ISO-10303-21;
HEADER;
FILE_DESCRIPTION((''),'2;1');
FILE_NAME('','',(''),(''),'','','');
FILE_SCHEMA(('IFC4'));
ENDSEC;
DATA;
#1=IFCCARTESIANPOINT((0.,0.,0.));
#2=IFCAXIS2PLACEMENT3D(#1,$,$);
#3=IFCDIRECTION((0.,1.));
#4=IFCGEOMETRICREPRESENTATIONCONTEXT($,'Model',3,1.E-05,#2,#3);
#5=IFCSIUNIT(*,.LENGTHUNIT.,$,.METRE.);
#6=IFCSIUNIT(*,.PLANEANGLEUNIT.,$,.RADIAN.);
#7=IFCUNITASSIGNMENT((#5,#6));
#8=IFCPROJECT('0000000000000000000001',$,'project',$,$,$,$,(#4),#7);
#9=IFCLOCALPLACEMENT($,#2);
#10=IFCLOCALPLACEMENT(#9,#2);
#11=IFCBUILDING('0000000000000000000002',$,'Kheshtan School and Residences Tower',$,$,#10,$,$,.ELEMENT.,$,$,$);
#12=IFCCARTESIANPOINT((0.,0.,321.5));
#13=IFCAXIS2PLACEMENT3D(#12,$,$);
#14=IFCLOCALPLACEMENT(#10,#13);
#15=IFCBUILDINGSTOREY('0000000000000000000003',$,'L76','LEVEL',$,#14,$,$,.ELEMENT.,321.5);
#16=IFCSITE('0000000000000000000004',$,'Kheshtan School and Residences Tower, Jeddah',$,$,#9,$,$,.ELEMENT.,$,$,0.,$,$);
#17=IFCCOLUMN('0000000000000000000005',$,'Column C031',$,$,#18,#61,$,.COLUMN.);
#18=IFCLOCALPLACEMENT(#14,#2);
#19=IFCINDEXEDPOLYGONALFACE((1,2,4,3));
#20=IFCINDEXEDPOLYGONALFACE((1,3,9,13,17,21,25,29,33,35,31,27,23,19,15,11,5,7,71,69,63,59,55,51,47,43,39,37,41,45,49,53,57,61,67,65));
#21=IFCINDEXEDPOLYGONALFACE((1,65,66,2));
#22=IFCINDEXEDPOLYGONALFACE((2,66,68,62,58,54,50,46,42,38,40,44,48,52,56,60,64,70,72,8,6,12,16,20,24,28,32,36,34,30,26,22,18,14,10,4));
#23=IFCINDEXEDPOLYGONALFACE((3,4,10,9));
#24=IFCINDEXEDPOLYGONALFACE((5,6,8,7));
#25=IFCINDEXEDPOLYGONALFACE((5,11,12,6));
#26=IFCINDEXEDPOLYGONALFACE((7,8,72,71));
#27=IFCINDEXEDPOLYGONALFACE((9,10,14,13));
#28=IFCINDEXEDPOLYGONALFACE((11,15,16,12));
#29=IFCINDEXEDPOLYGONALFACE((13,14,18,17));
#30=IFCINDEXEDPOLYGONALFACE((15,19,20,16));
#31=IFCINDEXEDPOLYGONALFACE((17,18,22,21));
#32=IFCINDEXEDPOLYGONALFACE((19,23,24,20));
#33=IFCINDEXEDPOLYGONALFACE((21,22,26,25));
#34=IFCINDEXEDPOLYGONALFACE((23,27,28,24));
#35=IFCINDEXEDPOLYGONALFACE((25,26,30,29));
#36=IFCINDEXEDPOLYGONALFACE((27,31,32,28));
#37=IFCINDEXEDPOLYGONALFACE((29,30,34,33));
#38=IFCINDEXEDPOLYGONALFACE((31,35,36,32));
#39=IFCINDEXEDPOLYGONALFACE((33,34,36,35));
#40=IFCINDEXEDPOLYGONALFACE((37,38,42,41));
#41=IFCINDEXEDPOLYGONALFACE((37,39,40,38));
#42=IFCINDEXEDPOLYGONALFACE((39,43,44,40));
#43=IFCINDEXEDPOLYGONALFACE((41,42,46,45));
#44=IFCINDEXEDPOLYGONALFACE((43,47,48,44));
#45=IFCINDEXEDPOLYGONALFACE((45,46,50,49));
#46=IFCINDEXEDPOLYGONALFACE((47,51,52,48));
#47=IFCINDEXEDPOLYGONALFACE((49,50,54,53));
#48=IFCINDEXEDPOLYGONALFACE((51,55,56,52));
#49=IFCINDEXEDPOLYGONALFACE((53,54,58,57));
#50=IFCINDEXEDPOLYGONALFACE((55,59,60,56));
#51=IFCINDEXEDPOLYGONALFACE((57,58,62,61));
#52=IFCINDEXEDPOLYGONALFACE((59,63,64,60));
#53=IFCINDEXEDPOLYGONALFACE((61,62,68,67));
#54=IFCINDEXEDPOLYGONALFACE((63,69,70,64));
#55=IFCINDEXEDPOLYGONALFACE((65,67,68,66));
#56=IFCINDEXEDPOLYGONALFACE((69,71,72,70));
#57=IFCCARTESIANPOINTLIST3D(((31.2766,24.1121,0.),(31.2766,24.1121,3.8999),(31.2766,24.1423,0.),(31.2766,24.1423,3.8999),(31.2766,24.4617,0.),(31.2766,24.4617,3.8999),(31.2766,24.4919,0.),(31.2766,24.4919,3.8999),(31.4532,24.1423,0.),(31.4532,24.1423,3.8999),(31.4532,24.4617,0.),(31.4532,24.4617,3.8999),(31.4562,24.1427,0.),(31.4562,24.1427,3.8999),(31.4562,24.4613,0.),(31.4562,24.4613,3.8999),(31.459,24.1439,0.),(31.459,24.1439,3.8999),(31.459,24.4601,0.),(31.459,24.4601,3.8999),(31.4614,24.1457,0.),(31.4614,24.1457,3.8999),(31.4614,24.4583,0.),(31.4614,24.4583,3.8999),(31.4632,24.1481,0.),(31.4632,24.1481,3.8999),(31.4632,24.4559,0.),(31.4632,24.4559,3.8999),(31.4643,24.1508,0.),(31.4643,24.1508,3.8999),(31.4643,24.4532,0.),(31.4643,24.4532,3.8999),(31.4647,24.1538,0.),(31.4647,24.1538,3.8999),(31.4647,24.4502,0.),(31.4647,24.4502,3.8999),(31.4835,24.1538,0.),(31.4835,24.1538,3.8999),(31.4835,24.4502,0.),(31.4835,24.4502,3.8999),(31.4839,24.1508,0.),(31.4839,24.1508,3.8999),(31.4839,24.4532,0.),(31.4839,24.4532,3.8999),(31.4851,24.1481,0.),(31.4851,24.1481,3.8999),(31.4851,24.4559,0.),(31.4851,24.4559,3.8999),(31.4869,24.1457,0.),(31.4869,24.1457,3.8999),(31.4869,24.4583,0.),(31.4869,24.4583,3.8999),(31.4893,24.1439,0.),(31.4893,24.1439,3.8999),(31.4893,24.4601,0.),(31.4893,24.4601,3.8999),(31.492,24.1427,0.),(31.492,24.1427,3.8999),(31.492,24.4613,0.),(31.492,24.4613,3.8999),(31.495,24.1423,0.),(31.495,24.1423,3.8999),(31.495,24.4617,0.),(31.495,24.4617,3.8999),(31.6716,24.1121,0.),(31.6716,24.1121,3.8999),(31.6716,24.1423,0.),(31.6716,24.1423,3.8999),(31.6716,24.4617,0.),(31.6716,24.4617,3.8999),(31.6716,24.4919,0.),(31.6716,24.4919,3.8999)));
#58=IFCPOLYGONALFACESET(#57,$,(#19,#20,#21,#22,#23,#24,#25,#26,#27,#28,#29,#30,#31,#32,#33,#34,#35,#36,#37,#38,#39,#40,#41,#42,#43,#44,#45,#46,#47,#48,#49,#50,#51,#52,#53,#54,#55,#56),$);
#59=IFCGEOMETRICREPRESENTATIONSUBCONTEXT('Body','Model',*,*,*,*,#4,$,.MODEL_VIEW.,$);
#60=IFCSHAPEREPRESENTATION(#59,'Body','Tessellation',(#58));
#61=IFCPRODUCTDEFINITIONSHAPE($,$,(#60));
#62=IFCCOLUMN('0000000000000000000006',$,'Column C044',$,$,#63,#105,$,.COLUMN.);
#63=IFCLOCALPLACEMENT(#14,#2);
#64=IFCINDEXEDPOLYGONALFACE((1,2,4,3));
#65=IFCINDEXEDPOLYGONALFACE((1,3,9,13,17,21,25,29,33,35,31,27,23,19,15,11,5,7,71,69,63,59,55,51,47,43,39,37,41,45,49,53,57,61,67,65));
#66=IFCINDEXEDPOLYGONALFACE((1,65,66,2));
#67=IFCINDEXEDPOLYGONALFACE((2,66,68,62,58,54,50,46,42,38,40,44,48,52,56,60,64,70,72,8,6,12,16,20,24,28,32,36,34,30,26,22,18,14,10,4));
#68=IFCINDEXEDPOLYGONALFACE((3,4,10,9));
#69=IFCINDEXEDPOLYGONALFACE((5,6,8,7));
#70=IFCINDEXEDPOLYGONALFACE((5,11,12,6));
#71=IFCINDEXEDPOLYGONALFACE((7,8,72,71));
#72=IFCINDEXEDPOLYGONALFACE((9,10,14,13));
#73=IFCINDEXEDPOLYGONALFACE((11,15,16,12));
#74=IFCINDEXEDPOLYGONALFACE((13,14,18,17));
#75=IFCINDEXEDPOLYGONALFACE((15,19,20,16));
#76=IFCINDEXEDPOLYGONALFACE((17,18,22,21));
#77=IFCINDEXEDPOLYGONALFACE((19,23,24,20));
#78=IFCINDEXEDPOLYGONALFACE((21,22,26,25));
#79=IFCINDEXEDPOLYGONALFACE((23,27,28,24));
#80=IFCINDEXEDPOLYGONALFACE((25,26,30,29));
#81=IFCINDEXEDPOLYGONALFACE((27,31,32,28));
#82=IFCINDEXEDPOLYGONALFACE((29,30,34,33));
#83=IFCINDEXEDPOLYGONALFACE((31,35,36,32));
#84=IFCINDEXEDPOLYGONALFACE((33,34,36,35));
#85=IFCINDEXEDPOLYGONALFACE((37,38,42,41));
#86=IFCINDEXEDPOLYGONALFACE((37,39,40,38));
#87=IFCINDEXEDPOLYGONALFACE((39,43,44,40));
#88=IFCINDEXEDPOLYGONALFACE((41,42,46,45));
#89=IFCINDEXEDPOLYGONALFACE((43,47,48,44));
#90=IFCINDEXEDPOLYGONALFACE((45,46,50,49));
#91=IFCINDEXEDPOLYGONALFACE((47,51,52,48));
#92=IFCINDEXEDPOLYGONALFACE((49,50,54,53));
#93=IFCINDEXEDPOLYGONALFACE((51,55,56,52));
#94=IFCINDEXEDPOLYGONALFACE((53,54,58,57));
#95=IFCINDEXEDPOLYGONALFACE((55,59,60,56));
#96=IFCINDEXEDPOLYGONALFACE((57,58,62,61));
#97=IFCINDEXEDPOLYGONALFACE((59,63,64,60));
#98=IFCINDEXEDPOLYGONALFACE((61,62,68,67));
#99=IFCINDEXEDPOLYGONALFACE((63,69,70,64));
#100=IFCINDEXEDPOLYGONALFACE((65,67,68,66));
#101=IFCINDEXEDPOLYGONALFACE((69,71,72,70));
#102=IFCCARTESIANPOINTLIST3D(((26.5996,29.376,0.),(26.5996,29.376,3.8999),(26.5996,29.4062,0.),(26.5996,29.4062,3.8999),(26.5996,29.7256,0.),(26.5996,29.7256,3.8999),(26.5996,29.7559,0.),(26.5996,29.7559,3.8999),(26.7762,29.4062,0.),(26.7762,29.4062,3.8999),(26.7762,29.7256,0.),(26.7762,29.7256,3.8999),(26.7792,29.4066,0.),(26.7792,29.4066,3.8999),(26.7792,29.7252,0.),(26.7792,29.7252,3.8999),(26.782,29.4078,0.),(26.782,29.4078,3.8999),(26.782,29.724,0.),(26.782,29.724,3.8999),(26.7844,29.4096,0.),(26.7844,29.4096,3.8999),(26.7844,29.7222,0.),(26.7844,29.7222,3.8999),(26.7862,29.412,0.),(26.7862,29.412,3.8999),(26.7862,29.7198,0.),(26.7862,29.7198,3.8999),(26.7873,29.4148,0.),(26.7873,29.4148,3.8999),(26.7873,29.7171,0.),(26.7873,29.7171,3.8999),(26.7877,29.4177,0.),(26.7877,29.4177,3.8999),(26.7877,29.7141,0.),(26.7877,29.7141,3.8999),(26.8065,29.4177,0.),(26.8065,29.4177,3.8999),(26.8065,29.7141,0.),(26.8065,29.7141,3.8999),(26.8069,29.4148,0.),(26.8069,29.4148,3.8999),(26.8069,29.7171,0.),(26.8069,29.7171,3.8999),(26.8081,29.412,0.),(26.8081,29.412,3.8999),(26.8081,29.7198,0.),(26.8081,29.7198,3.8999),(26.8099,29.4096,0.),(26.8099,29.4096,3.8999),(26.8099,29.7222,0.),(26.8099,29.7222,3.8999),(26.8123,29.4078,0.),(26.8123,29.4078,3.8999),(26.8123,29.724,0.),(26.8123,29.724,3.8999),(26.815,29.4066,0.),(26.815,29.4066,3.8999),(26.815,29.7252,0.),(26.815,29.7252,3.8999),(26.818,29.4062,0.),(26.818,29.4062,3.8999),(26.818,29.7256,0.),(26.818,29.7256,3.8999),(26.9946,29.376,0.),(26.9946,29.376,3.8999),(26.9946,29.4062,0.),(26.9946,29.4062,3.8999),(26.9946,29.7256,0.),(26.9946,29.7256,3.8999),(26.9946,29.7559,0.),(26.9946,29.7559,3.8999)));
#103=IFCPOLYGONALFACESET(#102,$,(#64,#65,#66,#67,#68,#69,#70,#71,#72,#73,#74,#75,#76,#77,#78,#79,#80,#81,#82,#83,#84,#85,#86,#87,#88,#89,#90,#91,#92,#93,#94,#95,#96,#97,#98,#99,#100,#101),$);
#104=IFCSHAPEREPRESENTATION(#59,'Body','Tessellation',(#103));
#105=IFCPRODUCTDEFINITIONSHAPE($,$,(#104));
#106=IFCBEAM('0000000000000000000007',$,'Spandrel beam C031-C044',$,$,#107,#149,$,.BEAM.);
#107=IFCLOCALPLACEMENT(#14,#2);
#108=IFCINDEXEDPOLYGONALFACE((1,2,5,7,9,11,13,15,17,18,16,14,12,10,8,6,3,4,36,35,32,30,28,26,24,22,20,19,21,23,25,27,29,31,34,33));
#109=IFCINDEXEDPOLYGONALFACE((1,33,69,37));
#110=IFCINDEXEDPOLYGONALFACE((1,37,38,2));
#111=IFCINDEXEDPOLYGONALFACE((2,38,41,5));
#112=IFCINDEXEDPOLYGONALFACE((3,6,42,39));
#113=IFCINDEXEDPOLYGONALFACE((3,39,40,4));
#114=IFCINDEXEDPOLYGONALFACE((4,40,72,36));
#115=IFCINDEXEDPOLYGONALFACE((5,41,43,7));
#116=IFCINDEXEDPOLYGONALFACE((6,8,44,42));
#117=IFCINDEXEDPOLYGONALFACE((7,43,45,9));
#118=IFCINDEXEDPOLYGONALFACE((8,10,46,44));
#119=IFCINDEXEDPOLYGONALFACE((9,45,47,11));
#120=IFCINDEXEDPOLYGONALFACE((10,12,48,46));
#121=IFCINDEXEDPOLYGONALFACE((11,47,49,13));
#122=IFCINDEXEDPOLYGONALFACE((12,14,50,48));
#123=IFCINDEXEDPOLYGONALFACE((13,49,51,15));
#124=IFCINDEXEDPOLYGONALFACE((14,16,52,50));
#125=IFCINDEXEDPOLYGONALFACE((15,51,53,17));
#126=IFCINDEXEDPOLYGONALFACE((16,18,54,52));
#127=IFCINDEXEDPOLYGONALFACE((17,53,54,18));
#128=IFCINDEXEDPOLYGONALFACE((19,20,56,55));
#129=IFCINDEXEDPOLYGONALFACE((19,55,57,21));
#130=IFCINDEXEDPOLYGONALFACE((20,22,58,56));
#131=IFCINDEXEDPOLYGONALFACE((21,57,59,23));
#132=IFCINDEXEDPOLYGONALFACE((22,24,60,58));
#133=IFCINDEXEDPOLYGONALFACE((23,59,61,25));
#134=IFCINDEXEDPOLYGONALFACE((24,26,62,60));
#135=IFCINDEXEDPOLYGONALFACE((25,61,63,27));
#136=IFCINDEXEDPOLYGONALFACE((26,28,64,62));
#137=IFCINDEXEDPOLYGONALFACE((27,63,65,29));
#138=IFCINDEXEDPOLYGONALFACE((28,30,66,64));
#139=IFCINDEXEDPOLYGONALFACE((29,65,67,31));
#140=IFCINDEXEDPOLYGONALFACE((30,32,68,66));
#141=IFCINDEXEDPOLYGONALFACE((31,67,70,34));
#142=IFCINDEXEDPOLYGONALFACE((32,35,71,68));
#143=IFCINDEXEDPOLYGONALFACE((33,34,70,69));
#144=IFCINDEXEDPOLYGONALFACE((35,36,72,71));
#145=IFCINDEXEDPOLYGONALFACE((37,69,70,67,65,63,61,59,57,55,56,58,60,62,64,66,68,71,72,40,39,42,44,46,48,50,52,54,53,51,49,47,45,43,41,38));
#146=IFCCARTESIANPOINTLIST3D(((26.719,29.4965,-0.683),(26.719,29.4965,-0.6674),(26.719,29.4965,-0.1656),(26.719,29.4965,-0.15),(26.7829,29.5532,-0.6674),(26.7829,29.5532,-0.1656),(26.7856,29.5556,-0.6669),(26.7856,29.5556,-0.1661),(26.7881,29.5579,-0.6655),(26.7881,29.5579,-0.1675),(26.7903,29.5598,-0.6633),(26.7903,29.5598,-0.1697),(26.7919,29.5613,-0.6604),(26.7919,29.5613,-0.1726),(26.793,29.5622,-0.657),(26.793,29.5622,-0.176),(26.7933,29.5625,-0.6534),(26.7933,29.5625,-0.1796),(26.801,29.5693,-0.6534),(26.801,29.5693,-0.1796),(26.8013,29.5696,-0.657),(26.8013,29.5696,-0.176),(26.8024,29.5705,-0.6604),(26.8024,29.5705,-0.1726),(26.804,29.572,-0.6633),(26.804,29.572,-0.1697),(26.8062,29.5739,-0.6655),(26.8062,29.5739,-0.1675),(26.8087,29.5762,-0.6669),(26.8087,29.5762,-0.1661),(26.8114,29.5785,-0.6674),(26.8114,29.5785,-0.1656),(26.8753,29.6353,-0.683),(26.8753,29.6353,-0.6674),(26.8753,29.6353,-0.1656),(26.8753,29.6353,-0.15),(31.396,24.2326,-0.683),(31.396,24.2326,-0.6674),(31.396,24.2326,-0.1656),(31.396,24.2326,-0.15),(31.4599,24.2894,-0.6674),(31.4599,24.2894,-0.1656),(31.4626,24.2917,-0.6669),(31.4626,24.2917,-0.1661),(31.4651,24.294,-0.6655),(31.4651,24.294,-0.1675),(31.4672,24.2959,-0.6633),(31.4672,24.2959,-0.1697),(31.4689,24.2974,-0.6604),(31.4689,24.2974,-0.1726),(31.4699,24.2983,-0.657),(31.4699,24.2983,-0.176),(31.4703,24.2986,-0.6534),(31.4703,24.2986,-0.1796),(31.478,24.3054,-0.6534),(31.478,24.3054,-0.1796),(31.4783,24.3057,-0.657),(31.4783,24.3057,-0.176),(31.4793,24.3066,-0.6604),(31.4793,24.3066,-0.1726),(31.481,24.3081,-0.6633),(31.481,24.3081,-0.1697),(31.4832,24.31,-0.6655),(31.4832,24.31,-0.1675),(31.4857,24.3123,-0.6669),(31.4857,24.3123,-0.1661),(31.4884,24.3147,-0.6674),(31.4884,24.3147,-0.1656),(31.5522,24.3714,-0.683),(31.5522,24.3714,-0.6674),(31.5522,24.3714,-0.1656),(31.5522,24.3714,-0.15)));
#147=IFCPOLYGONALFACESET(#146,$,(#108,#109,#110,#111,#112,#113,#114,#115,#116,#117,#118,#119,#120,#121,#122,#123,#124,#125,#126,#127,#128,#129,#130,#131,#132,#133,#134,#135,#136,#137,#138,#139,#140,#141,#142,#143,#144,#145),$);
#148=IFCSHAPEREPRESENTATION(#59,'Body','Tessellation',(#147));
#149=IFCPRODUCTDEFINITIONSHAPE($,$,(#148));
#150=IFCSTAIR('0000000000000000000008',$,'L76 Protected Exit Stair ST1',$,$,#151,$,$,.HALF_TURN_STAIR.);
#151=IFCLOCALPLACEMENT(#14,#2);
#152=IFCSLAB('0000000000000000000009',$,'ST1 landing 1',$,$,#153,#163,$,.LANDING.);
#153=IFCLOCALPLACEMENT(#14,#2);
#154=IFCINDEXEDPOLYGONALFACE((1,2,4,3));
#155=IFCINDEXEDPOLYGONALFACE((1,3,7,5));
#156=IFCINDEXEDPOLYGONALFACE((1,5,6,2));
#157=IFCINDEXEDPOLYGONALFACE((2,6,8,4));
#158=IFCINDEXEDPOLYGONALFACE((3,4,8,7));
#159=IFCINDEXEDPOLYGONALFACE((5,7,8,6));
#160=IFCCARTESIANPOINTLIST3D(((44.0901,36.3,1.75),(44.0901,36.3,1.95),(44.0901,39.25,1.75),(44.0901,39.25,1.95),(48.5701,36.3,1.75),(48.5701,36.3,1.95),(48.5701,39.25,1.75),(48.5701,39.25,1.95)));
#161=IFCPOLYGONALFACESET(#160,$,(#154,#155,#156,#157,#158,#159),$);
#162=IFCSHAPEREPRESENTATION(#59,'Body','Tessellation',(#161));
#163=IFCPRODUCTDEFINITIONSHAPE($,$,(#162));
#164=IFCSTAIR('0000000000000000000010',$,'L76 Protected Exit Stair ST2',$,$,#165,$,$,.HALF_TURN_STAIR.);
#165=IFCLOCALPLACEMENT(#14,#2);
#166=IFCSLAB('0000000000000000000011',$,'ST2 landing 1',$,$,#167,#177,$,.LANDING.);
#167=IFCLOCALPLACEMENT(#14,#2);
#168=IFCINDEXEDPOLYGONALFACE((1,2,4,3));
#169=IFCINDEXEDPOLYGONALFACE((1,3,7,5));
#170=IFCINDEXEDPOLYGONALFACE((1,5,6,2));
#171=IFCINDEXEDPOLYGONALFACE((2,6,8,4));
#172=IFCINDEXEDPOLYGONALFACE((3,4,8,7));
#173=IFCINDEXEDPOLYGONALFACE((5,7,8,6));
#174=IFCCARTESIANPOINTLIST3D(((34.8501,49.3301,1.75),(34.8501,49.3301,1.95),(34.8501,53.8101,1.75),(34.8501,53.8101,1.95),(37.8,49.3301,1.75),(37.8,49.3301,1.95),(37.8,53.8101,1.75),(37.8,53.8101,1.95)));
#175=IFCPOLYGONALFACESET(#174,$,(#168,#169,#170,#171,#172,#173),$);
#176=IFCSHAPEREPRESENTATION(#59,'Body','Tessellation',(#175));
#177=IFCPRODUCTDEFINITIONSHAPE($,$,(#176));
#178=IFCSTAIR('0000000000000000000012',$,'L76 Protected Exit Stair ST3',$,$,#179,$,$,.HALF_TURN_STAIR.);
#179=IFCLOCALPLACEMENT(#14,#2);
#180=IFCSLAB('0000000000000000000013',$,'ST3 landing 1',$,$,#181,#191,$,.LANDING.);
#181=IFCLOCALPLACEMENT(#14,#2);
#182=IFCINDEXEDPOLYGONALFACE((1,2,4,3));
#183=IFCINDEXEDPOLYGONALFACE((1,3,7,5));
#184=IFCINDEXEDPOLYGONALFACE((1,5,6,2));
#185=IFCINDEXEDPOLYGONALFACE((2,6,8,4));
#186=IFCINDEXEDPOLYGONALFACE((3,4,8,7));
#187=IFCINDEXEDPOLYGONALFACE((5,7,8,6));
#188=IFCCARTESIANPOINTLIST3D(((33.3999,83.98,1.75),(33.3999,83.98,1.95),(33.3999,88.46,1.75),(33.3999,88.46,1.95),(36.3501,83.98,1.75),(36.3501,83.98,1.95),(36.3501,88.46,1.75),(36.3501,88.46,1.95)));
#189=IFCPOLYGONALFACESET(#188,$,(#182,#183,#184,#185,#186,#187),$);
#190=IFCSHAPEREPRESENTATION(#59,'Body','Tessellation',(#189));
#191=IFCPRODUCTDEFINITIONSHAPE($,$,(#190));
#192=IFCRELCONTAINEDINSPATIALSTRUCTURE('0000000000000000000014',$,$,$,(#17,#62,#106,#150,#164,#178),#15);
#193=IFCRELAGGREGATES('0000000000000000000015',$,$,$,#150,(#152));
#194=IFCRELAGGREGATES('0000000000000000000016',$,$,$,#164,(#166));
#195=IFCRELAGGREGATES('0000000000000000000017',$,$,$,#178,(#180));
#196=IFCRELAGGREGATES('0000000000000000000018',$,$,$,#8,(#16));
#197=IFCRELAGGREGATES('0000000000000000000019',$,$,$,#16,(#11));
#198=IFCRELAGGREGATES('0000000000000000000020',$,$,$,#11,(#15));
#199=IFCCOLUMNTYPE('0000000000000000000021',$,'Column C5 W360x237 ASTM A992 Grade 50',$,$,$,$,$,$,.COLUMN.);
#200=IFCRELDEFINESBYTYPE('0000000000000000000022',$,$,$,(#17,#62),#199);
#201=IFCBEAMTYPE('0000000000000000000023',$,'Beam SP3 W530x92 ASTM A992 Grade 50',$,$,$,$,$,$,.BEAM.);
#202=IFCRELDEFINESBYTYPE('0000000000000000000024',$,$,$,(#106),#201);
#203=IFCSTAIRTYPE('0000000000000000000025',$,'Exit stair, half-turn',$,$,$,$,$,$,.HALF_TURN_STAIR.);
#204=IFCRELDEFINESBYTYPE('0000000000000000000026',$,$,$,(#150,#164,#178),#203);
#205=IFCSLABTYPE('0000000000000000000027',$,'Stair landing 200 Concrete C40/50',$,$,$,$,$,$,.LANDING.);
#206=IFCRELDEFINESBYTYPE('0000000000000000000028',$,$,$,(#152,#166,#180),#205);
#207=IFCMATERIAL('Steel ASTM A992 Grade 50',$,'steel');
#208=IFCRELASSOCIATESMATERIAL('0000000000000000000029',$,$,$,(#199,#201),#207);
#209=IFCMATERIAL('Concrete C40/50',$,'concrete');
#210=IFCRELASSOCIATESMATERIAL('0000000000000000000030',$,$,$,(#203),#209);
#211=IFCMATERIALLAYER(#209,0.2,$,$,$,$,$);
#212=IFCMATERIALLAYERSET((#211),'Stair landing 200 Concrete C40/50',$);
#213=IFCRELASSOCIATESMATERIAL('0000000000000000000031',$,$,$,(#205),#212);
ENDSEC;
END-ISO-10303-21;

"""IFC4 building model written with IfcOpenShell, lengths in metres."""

from ifc_helpers import new_model, si_unit, direction, frame, origin, origin_2d, place, context, subcontext, project, spatial, polyline, i_section, outline, extrude, material, layer, layer_set, material_profile, profile_set, type_object, element, aggregate, save


model = new_model("IFC4")

# Units and contexts
model_context = context("Model", 3, precision=1e-05, world=origin(), true_north=direction((0.0, 1.0)))
body_context = subcontext(model_context, "Body", "Model", "MODEL_VIEW")
ifc_project = project(units=[si_unit("LENGTHUNIT", "METRE"), si_unit("PLANEANGLEUNIT", "RADIAN")], contexts=[model_context])

# Site, building, storey
site_placement = place(None, origin())
site = spatial("IfcSite", under=ifc_project, at=site_placement, Name="Kheshtan School and Residences Tower, Jeddah", CompositionType="ELEMENT", RefElevation=0.0)
building_placement = place(site_placement, origin())
building = spatial("IfcBuilding", under=site, at=building_placement, Name="Kheshtan School and Residences Tower", CompositionType="ELEMENT")
storey_placement = place(building_placement, frame((0.0, 0.0, 321.5)))
storey = spatial("IfcBuildingStorey", under=building, at=storey_placement, Name="L76", Description="LEVEL", CompositionType="ELEMENT", Elevation=321.5)

# Columns
ifc_material_1 = material(Name="Steel ASTM A992 Grade 50", Category="steel")
ifc_material_profile_1 = material_profile(ifc_material_1, i_section(OverallWidth=0.395, OverallDepth=0.3799, WebThickness=0.0188, FlangeThickness=0.0303, FilletRadius=0.0115, at=origin_2d()), Name="W360x237")
ifc_profile_set_1 = profile_set([ifc_material_profile_1], Name="Steel ASTM A992 Grade 50")
column_type = type_object("IfcColumnType", Name="Column C5 W360x237 ASTM A992 Grade 50", PredefinedType="COLUMN", material=ifc_profile_set_1)
for number, where, z_axis, x_axis, name in (
    (1, (31.4741, 24.302, 0.0), (0.0, 0.0, 1.0), (1.0, 0.0, 0.0), "Column C031"),
    (2, (26.7971, 29.5659, 0.0), (0.0, 0.0, 1.0), (1.0, 0.0, 0.0), "Column C044"),
):
    element("IfcColumn", number, at=place(storey_placement, frame(where, z_axis=z_axis, x_axis=x_axis)), inside=storey, type_object=column_type, Name=name, PredefinedType="COLUMN", context=body_context, shape_type="SweptSolid", body=[
        extrude(i_section(OverallWidth=0.395, OverallDepth=0.3799, WebThickness=0.0188, FlangeThickness=0.0303, FilletRadius=0.0115, at=origin_2d()), origin(), (0.0, 0.0, 1.0), 3.8999),
    ])

# Beam
ifc_material_profile_2 = material_profile(ifc_material_1, i_section(OverallWidth=0.209, OverallDepth=0.533, WebThickness=0.0103, FlangeThickness=0.0156, FilletRadius=0.0139, at=origin_2d()), Name="W530x92")
ifc_profile_set_2 = profile_set([ifc_material_profile_2], Name="Steel ASTM A992 Grade 50")
beam_type = type_object("IfcBeamType", Name="Beam SP3 W530x92 ASTM A992 Grade 50", PredefinedType="BEAM", material=ifc_profile_set_2)
beam_placement = place(storey_placement, frame((31.4741, 24.302, -0.4165), z_axis=(-0.664202, 0.747553, 0.0), x_axis=(-0.747553, -0.664202, 0.0)))
element("IfcBeam", 3, at=beam_placement, inside=storey, type_object=beam_type, Name="Spandrel beam C031-C044", PredefinedType="BEAM", context=body_context, shape_type="SweptSolid", body=[
    extrude(i_section(OverallWidth=0.209, OverallDepth=0.533, WebThickness=0.0103, FlangeThickness=0.0156, FilletRadius=0.0139, at=origin_2d()), origin(), (0.0, 0.0, 1.0), 7.0415),
])

# Shared definitions
ifc_material_2 = material(Name="Concrete C40/50", Category="concrete")

# Stairs, slabs
stair_type = type_object("IfcStairType", Name="Exit stair, half-turn", PredefinedType="HALF_TURN_STAIR", material=ifc_material_2)
stair_1_placement = place(storey_placement, origin())
stair_1 = element("IfcStair", 4, at=stair_1_placement, inside=storey, type_object=stair_type, Name="L76 Protected Exit Stair ST1", PredefinedType="HALF_TURN_STAIR")
ifc_layer_1 = layer(ifc_material_2, 0.2)
ifc_layer_set_1 = layer_set([ifc_layer_1], Name="Stair landing 200 Concrete C40/50")
slab_type_1 = type_object("IfcSlabType", Name="Stair landing 200 Concrete C40/50", PredefinedType="LANDING", material=ifc_layer_set_1)
slab_1_placement = place(storey_placement, frame((0.0, 0.0, 1.75)))
slab_1 = element("IfcSlab", 5, at=slab_1_placement, type_object=slab_type_1, Name="ST1 landing 1", PredefinedType="LANDING", context=body_context, shape_type="SweptSolid", body=[
    extrude(outline(polyline([(48.5701, 39.25), (44.0901, 39.25), (44.0901, 36.3), (48.5701, 36.3), (48.5701, 39.25)])), origin(), (0.0, 0.0, 1.0), 0.2),
])
aggregate(stair_1, [slab_1])
stair_2_placement = place(storey_placement, origin())
stair_2 = element("IfcStair", 6, at=stair_2_placement, inside=storey, type_object=stair_type, Name="L76 Protected Exit Stair ST2", PredefinedType="HALF_TURN_STAIR")
slab_2_placement = place(storey_placement, frame((0.0, 0.0, 1.75)))
slab_2 = element("IfcSlab", 7, at=slab_2_placement, type_object=slab_type_1, Name="ST2 landing 1", PredefinedType="LANDING", context=body_context, shape_type="SweptSolid", body=[
    extrude(outline(polyline([(37.8, 49.3301), (37.8, 53.8101), (34.8501, 53.8101), (34.8501, 49.3301), (37.8, 49.3301)])), origin(), (0.0, 0.0, 1.0), 0.2),
])
aggregate(stair_2, [slab_2])
stair_3_placement = place(storey_placement, origin())
stair_3 = element("IfcStair", 8, at=stair_3_placement, inside=storey, type_object=stair_type, Name="L76 Protected Exit Stair ST3", PredefinedType="HALF_TURN_STAIR")
slab_3_placement = place(storey_placement, frame((0.0, 0.0, 1.75)))
slab_3 = element("IfcSlab", 9, at=slab_3_placement, type_object=slab_type_1, Name="ST3 landing 1", PredefinedType="LANDING", context=body_context, shape_type="SweptSolid", body=[
    extrude(outline(polyline([(36.3501, 83.98), (36.3501, 88.46), (33.3999, 88.46), (33.3999, 83.98), (36.3501, 83.98)])), origin(), (0.0, 0.0, 1.0), 0.2),
])
aggregate(stair_3, [slab_3])

save(model, "model.ifc")
